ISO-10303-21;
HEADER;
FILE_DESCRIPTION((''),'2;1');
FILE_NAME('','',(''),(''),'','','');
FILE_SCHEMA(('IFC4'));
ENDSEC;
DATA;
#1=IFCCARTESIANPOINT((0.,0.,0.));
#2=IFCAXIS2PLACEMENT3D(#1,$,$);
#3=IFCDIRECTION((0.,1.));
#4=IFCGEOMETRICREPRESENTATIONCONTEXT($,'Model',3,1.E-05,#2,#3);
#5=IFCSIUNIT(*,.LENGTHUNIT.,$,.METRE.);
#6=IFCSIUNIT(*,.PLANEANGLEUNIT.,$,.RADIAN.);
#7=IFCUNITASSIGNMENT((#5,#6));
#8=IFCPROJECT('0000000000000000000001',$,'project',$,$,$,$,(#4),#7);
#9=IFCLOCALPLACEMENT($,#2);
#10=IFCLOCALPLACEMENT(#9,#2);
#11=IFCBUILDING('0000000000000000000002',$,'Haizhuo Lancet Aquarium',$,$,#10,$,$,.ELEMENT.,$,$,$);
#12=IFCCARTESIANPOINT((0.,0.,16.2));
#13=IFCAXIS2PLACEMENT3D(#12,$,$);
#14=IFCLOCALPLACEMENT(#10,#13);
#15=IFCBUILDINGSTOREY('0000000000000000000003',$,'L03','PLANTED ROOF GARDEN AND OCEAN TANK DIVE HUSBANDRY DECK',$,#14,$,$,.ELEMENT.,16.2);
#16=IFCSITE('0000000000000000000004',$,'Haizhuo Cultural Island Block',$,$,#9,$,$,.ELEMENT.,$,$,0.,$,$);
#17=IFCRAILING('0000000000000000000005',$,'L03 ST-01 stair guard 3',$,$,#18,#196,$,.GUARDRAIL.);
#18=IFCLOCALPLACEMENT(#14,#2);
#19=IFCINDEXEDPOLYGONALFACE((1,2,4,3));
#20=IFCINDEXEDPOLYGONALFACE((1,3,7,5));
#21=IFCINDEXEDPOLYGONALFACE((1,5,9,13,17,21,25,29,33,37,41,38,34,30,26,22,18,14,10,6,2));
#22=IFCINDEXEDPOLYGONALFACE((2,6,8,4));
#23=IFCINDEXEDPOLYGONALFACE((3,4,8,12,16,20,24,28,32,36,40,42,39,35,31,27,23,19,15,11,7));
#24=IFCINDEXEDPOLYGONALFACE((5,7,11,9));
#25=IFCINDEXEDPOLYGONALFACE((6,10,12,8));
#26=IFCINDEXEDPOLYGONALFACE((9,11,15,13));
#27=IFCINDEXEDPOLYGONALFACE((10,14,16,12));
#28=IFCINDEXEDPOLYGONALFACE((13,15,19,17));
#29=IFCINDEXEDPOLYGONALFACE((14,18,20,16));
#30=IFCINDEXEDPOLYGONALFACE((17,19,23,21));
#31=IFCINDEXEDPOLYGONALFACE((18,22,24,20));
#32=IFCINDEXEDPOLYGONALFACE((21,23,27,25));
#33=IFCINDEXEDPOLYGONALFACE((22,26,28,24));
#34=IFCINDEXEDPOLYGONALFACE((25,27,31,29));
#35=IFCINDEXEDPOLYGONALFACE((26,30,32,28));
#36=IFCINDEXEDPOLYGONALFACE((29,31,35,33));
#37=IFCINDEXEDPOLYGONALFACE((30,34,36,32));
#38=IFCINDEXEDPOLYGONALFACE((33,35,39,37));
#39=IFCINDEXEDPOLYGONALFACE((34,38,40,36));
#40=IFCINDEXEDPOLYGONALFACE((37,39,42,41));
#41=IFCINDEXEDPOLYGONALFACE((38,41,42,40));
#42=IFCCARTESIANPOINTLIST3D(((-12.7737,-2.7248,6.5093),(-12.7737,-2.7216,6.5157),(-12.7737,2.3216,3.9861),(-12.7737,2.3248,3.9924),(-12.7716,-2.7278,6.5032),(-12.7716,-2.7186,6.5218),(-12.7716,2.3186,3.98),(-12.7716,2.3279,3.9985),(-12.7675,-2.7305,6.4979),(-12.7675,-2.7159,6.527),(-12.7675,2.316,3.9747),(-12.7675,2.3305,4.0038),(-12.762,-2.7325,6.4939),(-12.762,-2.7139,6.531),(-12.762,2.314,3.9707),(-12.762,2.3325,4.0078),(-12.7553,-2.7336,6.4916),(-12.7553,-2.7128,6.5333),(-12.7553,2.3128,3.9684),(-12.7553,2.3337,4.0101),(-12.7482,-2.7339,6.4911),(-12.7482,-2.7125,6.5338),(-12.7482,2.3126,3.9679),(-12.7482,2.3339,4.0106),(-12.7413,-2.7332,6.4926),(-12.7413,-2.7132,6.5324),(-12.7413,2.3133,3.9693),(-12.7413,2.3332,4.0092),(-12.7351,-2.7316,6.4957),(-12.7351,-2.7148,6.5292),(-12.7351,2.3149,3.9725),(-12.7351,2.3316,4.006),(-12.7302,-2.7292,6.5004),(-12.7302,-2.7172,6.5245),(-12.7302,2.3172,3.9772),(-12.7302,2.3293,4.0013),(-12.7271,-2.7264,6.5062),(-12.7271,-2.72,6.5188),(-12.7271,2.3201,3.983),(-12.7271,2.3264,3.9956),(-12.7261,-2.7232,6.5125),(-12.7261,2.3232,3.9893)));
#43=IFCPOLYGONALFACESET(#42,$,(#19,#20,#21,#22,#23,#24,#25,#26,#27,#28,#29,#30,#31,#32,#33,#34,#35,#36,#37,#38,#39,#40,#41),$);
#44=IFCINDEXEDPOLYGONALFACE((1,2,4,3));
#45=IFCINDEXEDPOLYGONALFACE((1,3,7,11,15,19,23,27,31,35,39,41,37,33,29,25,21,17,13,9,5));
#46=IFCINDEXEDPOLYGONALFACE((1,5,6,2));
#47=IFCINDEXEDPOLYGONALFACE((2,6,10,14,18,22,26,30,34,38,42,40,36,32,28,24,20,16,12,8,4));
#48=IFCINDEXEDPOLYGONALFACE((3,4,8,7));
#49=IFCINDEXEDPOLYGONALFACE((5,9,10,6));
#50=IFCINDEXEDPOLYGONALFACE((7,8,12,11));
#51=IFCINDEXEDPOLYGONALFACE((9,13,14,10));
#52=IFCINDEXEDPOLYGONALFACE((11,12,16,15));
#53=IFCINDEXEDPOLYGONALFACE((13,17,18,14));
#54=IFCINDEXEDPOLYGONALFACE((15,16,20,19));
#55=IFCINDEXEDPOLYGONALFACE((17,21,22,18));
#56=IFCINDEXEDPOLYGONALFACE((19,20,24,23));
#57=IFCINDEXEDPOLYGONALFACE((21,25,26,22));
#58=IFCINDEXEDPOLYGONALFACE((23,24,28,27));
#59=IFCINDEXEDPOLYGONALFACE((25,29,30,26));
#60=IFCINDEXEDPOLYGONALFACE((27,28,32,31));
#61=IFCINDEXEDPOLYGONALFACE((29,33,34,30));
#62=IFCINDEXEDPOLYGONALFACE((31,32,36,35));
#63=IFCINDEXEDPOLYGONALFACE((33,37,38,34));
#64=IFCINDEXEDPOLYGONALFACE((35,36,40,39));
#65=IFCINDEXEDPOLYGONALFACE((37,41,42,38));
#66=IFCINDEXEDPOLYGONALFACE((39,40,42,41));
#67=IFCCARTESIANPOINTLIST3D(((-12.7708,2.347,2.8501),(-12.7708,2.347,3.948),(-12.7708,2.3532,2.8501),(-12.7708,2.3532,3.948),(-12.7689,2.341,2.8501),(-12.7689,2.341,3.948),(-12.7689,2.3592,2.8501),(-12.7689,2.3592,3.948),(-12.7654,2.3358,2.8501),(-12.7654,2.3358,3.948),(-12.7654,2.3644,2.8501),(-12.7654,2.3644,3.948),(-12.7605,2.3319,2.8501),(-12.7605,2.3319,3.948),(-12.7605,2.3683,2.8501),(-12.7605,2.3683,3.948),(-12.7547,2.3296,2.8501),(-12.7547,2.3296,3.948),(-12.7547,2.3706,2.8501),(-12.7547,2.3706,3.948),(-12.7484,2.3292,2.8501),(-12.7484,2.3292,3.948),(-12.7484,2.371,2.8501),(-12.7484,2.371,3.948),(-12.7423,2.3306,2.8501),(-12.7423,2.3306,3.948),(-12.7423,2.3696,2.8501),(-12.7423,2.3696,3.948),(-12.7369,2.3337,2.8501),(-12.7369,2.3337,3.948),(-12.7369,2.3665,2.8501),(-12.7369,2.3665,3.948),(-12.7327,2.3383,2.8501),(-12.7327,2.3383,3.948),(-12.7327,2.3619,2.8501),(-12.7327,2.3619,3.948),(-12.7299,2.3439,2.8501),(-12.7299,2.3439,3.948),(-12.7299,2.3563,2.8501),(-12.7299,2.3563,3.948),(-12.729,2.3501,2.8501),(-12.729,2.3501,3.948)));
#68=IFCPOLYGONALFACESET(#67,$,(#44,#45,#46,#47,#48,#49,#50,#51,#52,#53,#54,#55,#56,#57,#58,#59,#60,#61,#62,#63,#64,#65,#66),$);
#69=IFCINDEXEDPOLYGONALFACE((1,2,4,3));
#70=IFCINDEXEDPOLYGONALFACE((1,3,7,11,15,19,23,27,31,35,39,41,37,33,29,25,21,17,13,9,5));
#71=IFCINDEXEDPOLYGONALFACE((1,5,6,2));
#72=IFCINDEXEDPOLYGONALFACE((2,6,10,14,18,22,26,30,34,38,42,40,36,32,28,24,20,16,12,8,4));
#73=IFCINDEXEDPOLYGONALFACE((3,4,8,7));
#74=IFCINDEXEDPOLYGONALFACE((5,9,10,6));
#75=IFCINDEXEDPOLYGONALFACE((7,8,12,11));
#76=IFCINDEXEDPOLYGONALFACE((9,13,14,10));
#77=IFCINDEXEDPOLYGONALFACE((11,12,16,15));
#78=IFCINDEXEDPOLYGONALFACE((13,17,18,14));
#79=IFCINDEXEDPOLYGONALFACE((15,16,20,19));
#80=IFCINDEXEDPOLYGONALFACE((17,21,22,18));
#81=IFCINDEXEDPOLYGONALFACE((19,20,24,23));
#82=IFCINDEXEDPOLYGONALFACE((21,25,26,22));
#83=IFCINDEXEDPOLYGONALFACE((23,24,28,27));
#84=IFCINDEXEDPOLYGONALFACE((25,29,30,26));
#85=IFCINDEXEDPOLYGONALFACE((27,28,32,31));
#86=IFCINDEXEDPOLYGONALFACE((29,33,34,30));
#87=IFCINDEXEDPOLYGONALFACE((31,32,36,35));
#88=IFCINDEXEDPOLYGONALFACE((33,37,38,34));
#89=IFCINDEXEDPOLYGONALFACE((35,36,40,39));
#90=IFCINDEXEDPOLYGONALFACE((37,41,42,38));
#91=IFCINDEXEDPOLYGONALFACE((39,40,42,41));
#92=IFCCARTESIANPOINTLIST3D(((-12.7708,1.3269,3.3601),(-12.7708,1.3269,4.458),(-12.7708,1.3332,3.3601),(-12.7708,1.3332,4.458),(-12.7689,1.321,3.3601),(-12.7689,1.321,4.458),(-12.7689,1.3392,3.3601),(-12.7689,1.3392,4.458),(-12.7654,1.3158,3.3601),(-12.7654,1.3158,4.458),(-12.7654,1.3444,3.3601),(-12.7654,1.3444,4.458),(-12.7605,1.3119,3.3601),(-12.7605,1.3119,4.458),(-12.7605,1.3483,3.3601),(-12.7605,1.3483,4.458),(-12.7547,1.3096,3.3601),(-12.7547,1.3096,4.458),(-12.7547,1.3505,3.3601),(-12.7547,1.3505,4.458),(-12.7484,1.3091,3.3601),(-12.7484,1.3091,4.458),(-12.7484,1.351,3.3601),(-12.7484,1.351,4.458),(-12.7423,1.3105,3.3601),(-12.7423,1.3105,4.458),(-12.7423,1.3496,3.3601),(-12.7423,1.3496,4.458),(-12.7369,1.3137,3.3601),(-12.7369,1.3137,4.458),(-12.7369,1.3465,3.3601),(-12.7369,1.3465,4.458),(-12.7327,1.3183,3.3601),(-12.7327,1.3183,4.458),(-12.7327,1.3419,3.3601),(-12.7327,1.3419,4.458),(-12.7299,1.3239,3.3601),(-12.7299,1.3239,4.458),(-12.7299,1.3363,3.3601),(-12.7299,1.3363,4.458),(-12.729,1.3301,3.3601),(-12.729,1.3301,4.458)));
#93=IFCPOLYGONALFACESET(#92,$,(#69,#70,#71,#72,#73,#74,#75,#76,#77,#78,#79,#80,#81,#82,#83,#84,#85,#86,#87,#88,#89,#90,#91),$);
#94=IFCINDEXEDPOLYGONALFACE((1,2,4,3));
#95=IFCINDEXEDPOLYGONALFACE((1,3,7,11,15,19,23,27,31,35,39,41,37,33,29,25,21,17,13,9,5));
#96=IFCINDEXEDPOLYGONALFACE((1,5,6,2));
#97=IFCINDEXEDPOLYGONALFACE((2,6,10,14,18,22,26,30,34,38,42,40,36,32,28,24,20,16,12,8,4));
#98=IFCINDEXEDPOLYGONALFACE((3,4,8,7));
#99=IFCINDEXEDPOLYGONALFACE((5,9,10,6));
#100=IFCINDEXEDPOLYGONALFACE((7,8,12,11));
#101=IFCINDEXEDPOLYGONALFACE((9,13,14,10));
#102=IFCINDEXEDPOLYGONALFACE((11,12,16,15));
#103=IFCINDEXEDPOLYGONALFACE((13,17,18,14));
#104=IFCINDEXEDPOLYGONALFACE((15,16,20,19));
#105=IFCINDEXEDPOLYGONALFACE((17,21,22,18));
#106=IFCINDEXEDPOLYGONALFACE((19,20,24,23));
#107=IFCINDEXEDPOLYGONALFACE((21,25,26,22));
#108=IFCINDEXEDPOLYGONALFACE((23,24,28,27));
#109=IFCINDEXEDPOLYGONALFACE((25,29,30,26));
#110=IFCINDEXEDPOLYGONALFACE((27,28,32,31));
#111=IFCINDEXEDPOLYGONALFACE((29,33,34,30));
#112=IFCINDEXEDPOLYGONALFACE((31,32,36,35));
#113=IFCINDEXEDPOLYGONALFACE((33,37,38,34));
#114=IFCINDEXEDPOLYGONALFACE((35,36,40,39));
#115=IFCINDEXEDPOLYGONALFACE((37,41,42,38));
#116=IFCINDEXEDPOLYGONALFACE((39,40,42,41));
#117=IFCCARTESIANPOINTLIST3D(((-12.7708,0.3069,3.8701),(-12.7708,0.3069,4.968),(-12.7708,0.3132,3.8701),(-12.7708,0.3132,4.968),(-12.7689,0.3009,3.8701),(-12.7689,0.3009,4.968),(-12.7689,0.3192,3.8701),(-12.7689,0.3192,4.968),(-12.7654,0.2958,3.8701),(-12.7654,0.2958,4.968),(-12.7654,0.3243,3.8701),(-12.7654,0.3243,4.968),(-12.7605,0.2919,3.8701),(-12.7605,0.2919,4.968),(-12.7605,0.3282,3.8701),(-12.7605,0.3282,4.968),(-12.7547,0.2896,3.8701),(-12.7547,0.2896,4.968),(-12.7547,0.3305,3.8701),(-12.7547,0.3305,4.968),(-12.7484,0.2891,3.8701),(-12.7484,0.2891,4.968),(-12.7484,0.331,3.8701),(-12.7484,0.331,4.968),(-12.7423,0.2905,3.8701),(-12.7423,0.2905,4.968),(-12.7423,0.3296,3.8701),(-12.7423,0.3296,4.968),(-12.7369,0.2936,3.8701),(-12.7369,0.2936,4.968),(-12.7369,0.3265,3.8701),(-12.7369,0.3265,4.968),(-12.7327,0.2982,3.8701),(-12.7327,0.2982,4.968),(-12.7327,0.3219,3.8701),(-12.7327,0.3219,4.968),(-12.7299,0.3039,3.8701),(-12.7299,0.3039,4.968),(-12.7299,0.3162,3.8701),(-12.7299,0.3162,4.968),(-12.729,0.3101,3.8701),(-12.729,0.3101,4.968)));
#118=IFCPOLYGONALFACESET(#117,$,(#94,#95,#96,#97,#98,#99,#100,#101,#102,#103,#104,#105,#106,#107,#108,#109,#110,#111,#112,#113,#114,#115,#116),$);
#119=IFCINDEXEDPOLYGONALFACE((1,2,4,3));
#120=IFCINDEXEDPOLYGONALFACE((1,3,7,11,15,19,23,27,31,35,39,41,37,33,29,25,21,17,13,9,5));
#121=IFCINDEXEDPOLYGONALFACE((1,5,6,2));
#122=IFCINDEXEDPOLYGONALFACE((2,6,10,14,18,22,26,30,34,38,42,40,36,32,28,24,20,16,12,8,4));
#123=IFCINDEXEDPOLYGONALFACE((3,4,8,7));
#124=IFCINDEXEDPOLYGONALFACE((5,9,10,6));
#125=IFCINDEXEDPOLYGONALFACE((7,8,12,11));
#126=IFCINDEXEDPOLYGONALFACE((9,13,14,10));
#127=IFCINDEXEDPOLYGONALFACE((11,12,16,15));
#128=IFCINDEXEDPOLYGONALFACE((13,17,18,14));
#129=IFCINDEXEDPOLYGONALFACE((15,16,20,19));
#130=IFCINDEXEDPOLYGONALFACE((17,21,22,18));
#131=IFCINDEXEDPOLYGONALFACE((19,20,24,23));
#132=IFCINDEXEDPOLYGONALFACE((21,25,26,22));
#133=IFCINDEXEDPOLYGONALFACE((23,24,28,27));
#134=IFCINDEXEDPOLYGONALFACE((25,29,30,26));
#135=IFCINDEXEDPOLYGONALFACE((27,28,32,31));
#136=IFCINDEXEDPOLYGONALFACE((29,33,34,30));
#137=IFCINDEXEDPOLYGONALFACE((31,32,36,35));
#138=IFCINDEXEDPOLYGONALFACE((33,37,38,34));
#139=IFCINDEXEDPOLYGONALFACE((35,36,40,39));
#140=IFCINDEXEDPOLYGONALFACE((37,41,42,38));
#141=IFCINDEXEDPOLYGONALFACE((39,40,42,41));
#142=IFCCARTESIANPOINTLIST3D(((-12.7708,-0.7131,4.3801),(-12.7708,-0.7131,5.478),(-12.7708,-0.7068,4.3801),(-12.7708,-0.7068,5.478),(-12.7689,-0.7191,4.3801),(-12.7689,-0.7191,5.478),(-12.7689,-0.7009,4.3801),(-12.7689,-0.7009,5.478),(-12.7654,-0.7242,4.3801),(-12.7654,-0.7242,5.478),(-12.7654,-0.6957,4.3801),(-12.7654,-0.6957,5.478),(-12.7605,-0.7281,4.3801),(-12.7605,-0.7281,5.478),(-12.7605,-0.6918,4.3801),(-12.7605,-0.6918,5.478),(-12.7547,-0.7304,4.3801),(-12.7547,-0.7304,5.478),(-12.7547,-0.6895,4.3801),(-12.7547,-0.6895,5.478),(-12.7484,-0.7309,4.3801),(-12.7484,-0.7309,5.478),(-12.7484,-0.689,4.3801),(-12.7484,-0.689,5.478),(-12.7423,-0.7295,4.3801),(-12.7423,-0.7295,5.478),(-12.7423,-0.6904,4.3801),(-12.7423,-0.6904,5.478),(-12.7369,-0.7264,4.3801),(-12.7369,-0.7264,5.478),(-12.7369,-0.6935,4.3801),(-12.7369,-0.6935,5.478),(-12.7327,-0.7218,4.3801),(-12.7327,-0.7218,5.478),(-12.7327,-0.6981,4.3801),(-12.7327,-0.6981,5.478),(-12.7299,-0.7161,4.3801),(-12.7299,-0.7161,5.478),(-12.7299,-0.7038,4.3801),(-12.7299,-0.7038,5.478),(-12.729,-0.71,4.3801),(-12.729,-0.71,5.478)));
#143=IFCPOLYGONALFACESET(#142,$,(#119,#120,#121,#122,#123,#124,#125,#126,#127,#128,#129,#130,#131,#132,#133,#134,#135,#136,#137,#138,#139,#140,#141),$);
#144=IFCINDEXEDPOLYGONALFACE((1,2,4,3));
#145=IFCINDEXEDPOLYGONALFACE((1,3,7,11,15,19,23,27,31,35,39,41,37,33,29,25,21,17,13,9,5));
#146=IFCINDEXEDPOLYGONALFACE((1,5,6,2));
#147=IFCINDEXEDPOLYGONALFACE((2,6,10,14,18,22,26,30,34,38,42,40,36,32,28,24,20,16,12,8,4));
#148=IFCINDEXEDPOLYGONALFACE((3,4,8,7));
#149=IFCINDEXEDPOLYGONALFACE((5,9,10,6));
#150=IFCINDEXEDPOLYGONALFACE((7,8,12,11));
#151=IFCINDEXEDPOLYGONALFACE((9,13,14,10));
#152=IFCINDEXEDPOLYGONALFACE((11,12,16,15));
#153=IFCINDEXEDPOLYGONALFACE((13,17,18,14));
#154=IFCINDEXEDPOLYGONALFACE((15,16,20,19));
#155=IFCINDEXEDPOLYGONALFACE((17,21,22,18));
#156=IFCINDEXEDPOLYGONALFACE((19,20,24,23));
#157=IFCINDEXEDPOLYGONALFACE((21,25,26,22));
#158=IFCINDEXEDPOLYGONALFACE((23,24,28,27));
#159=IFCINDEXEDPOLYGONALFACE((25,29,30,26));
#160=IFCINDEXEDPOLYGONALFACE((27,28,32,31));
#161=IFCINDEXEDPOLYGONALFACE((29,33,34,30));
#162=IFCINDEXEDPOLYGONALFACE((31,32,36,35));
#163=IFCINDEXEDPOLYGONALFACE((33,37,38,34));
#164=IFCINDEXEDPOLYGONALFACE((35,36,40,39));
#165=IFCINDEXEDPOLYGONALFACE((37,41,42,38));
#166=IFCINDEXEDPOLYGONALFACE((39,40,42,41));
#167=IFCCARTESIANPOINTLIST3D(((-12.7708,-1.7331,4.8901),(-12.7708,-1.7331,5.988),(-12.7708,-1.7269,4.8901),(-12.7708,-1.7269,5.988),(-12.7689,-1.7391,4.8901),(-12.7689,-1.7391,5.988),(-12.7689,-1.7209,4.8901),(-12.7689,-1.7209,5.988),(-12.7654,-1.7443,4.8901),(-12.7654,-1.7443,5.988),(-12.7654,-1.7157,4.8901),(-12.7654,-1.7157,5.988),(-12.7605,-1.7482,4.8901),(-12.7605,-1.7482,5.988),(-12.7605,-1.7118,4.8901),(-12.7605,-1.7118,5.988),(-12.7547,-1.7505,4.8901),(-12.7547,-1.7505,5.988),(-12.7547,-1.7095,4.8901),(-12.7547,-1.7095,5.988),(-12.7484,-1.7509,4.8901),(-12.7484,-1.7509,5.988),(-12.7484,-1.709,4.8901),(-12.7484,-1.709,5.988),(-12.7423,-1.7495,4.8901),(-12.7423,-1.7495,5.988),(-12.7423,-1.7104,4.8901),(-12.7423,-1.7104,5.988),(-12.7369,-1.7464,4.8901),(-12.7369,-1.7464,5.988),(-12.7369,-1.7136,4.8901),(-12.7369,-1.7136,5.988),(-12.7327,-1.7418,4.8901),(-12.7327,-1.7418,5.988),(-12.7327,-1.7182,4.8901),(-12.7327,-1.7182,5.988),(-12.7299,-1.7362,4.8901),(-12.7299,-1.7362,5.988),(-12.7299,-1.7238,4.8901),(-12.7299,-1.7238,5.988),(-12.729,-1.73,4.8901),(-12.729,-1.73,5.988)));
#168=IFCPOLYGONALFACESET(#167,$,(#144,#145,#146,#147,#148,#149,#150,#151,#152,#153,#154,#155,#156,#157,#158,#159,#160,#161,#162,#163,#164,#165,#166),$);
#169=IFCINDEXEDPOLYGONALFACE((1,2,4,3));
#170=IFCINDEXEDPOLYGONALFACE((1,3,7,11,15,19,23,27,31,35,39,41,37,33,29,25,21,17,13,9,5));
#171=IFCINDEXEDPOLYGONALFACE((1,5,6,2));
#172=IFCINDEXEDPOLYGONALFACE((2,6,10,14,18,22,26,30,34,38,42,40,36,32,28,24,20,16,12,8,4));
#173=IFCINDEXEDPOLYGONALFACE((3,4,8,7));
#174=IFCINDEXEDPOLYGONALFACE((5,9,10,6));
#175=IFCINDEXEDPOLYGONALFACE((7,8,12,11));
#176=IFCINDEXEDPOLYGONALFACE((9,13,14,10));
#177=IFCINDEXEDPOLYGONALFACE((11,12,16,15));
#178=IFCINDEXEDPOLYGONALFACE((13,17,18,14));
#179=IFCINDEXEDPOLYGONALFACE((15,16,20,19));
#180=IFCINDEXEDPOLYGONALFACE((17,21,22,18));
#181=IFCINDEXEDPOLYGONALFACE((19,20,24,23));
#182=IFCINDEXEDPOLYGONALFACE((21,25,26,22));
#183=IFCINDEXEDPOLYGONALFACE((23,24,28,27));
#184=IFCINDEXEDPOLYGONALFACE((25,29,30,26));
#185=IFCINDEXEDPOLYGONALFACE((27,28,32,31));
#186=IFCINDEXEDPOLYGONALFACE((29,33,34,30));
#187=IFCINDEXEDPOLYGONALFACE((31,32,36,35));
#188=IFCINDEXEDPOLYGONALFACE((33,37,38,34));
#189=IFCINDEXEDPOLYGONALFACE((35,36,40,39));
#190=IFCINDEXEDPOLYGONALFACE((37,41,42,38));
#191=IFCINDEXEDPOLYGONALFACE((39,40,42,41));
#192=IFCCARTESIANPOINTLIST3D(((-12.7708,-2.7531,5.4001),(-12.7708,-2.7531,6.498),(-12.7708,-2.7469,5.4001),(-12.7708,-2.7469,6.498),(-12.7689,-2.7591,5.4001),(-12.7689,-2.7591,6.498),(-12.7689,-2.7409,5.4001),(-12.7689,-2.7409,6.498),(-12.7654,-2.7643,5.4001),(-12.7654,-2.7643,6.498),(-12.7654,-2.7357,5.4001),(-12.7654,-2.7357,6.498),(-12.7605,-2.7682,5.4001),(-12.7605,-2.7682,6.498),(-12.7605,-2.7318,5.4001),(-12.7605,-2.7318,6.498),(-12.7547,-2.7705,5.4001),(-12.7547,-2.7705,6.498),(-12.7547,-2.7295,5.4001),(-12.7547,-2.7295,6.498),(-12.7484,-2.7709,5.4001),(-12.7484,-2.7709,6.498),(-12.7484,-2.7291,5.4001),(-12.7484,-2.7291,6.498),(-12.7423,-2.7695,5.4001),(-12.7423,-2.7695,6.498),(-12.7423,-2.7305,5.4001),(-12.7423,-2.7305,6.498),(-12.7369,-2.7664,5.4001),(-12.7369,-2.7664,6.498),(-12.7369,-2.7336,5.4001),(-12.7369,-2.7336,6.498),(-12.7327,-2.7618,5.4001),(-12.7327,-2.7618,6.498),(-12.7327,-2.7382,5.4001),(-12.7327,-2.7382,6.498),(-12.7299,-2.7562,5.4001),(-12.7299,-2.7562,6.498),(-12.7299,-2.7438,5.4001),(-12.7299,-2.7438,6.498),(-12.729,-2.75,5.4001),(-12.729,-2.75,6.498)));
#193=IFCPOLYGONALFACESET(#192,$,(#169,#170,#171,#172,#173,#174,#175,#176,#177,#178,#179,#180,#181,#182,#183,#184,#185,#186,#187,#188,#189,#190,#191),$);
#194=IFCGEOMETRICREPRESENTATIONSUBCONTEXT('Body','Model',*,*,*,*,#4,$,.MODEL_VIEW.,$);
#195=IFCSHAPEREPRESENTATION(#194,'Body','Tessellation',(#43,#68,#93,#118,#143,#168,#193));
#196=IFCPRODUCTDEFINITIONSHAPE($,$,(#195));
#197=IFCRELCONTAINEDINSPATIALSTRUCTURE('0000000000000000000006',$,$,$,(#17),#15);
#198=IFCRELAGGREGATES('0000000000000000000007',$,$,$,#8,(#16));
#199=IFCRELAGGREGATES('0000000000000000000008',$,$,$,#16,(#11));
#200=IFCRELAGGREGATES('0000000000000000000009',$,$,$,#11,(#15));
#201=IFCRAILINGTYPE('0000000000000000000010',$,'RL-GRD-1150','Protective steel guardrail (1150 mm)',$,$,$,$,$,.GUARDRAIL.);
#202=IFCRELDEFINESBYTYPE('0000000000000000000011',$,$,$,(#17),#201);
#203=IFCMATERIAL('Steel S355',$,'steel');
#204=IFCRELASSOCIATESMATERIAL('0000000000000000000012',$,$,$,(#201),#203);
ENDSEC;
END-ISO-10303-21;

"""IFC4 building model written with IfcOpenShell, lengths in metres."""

from ifc_helpers import new_model, si_unit, direction, frame, origin, origin_2d, place, context, subcontext, project, spatial, circle, extrude, material, type_object, element, save


model = new_model("IFC4")

# Units and contexts
model_context = context("Model", 3, precision=1e-05, world=origin(), true_north=direction((0.0, 1.0)))
body_context = subcontext(model_context, "Body", "Model", "MODEL_VIEW")
ifc_project = project(units=[si_unit("LENGTHUNIT", "METRE"), si_unit("PLANEANGLEUNIT", "RADIAN")], contexts=[model_context])

# Site, building, storey
site_placement = place(None, origin())
site = spatial("IfcSite", under=ifc_project, at=site_placement, Name="Haizhuo Cultural Island Block", CompositionType="ELEMENT", RefElevation=0.0)
building_placement = place(site_placement, origin())
building = spatial("IfcBuilding", under=site, at=building_placement, Name="Haizhuo Lancet Aquarium", CompositionType="ELEMENT")
storey_placement = place(building_placement, frame((0.0, 0.0, 16.2)))
storey = spatial("IfcBuildingStorey", under=building, at=storey_placement, Name="L03", Description="PLANTED ROOF GARDEN AND OCEAN TANK DIVE HUSBANDRY DECK", CompositionType="ELEMENT", Elevation=16.2)

# Shared definitions
ifc_material_1 = material(Name="Steel S355", Category="steel")

# Railing
railing_type_1 = type_object("IfcRailingType", Name="RL-GRD-1150", Description="Protective steel guardrail (1150 mm)", PredefinedType="GUARDRAIL", material=ifc_material_1)
railing_1_placement = place(storey_placement, frame((-12.75, 2.3501, 2.8501)))
element("IfcRailing", 1, at=railing_1_placement, inside=storey, type_object=railing_type_1, Name="L03 ST-01 stair guard 3", PredefinedType="GUARDRAIL", context=body_context, shape_type="SweptSolid", body=[
    extrude(circle(Radius=0.0239, at=origin_2d()), frame((0.0, -0.0269, 1.1392), z_axis=(0.0, -0.894427, 0.447214), x_axis=(1.0, 0.0, 0.0)), (0.0, 0.0, 1.0), 5.6421),
    extrude(circle(Radius=0.021, at=origin_2d()), origin(), (0.0, 0.0, 1.0), 1.0979),
    extrude(circle(Radius=0.021, at=origin_2d()), frame((0.0, -1.02, 0.51)), (0.0, 0.0, 1.0), 1.0979),
    extrude(circle(Radius=0.021, at=origin_2d()), frame((0.0, -2.04, 1.02)), (0.0, 0.0, 1.0), 1.0979),
    extrude(circle(Radius=0.021, at=origin_2d()), frame((0.0, -3.0601, 1.53)), (0.0, 0.0, 1.0), 1.0979),
    extrude(circle(Radius=0.021, at=origin_2d()), frame((0.0, -4.0801, 2.04)), (0.0, 0.0, 1.0), 1.0979),
    extrude(circle(Radius=0.021, at=origin_2d()), frame((0.0, -5.1001, 2.55)), (0.0, 0.0, 1.0), 1.0979),
])

save(model, "model.ifc")
